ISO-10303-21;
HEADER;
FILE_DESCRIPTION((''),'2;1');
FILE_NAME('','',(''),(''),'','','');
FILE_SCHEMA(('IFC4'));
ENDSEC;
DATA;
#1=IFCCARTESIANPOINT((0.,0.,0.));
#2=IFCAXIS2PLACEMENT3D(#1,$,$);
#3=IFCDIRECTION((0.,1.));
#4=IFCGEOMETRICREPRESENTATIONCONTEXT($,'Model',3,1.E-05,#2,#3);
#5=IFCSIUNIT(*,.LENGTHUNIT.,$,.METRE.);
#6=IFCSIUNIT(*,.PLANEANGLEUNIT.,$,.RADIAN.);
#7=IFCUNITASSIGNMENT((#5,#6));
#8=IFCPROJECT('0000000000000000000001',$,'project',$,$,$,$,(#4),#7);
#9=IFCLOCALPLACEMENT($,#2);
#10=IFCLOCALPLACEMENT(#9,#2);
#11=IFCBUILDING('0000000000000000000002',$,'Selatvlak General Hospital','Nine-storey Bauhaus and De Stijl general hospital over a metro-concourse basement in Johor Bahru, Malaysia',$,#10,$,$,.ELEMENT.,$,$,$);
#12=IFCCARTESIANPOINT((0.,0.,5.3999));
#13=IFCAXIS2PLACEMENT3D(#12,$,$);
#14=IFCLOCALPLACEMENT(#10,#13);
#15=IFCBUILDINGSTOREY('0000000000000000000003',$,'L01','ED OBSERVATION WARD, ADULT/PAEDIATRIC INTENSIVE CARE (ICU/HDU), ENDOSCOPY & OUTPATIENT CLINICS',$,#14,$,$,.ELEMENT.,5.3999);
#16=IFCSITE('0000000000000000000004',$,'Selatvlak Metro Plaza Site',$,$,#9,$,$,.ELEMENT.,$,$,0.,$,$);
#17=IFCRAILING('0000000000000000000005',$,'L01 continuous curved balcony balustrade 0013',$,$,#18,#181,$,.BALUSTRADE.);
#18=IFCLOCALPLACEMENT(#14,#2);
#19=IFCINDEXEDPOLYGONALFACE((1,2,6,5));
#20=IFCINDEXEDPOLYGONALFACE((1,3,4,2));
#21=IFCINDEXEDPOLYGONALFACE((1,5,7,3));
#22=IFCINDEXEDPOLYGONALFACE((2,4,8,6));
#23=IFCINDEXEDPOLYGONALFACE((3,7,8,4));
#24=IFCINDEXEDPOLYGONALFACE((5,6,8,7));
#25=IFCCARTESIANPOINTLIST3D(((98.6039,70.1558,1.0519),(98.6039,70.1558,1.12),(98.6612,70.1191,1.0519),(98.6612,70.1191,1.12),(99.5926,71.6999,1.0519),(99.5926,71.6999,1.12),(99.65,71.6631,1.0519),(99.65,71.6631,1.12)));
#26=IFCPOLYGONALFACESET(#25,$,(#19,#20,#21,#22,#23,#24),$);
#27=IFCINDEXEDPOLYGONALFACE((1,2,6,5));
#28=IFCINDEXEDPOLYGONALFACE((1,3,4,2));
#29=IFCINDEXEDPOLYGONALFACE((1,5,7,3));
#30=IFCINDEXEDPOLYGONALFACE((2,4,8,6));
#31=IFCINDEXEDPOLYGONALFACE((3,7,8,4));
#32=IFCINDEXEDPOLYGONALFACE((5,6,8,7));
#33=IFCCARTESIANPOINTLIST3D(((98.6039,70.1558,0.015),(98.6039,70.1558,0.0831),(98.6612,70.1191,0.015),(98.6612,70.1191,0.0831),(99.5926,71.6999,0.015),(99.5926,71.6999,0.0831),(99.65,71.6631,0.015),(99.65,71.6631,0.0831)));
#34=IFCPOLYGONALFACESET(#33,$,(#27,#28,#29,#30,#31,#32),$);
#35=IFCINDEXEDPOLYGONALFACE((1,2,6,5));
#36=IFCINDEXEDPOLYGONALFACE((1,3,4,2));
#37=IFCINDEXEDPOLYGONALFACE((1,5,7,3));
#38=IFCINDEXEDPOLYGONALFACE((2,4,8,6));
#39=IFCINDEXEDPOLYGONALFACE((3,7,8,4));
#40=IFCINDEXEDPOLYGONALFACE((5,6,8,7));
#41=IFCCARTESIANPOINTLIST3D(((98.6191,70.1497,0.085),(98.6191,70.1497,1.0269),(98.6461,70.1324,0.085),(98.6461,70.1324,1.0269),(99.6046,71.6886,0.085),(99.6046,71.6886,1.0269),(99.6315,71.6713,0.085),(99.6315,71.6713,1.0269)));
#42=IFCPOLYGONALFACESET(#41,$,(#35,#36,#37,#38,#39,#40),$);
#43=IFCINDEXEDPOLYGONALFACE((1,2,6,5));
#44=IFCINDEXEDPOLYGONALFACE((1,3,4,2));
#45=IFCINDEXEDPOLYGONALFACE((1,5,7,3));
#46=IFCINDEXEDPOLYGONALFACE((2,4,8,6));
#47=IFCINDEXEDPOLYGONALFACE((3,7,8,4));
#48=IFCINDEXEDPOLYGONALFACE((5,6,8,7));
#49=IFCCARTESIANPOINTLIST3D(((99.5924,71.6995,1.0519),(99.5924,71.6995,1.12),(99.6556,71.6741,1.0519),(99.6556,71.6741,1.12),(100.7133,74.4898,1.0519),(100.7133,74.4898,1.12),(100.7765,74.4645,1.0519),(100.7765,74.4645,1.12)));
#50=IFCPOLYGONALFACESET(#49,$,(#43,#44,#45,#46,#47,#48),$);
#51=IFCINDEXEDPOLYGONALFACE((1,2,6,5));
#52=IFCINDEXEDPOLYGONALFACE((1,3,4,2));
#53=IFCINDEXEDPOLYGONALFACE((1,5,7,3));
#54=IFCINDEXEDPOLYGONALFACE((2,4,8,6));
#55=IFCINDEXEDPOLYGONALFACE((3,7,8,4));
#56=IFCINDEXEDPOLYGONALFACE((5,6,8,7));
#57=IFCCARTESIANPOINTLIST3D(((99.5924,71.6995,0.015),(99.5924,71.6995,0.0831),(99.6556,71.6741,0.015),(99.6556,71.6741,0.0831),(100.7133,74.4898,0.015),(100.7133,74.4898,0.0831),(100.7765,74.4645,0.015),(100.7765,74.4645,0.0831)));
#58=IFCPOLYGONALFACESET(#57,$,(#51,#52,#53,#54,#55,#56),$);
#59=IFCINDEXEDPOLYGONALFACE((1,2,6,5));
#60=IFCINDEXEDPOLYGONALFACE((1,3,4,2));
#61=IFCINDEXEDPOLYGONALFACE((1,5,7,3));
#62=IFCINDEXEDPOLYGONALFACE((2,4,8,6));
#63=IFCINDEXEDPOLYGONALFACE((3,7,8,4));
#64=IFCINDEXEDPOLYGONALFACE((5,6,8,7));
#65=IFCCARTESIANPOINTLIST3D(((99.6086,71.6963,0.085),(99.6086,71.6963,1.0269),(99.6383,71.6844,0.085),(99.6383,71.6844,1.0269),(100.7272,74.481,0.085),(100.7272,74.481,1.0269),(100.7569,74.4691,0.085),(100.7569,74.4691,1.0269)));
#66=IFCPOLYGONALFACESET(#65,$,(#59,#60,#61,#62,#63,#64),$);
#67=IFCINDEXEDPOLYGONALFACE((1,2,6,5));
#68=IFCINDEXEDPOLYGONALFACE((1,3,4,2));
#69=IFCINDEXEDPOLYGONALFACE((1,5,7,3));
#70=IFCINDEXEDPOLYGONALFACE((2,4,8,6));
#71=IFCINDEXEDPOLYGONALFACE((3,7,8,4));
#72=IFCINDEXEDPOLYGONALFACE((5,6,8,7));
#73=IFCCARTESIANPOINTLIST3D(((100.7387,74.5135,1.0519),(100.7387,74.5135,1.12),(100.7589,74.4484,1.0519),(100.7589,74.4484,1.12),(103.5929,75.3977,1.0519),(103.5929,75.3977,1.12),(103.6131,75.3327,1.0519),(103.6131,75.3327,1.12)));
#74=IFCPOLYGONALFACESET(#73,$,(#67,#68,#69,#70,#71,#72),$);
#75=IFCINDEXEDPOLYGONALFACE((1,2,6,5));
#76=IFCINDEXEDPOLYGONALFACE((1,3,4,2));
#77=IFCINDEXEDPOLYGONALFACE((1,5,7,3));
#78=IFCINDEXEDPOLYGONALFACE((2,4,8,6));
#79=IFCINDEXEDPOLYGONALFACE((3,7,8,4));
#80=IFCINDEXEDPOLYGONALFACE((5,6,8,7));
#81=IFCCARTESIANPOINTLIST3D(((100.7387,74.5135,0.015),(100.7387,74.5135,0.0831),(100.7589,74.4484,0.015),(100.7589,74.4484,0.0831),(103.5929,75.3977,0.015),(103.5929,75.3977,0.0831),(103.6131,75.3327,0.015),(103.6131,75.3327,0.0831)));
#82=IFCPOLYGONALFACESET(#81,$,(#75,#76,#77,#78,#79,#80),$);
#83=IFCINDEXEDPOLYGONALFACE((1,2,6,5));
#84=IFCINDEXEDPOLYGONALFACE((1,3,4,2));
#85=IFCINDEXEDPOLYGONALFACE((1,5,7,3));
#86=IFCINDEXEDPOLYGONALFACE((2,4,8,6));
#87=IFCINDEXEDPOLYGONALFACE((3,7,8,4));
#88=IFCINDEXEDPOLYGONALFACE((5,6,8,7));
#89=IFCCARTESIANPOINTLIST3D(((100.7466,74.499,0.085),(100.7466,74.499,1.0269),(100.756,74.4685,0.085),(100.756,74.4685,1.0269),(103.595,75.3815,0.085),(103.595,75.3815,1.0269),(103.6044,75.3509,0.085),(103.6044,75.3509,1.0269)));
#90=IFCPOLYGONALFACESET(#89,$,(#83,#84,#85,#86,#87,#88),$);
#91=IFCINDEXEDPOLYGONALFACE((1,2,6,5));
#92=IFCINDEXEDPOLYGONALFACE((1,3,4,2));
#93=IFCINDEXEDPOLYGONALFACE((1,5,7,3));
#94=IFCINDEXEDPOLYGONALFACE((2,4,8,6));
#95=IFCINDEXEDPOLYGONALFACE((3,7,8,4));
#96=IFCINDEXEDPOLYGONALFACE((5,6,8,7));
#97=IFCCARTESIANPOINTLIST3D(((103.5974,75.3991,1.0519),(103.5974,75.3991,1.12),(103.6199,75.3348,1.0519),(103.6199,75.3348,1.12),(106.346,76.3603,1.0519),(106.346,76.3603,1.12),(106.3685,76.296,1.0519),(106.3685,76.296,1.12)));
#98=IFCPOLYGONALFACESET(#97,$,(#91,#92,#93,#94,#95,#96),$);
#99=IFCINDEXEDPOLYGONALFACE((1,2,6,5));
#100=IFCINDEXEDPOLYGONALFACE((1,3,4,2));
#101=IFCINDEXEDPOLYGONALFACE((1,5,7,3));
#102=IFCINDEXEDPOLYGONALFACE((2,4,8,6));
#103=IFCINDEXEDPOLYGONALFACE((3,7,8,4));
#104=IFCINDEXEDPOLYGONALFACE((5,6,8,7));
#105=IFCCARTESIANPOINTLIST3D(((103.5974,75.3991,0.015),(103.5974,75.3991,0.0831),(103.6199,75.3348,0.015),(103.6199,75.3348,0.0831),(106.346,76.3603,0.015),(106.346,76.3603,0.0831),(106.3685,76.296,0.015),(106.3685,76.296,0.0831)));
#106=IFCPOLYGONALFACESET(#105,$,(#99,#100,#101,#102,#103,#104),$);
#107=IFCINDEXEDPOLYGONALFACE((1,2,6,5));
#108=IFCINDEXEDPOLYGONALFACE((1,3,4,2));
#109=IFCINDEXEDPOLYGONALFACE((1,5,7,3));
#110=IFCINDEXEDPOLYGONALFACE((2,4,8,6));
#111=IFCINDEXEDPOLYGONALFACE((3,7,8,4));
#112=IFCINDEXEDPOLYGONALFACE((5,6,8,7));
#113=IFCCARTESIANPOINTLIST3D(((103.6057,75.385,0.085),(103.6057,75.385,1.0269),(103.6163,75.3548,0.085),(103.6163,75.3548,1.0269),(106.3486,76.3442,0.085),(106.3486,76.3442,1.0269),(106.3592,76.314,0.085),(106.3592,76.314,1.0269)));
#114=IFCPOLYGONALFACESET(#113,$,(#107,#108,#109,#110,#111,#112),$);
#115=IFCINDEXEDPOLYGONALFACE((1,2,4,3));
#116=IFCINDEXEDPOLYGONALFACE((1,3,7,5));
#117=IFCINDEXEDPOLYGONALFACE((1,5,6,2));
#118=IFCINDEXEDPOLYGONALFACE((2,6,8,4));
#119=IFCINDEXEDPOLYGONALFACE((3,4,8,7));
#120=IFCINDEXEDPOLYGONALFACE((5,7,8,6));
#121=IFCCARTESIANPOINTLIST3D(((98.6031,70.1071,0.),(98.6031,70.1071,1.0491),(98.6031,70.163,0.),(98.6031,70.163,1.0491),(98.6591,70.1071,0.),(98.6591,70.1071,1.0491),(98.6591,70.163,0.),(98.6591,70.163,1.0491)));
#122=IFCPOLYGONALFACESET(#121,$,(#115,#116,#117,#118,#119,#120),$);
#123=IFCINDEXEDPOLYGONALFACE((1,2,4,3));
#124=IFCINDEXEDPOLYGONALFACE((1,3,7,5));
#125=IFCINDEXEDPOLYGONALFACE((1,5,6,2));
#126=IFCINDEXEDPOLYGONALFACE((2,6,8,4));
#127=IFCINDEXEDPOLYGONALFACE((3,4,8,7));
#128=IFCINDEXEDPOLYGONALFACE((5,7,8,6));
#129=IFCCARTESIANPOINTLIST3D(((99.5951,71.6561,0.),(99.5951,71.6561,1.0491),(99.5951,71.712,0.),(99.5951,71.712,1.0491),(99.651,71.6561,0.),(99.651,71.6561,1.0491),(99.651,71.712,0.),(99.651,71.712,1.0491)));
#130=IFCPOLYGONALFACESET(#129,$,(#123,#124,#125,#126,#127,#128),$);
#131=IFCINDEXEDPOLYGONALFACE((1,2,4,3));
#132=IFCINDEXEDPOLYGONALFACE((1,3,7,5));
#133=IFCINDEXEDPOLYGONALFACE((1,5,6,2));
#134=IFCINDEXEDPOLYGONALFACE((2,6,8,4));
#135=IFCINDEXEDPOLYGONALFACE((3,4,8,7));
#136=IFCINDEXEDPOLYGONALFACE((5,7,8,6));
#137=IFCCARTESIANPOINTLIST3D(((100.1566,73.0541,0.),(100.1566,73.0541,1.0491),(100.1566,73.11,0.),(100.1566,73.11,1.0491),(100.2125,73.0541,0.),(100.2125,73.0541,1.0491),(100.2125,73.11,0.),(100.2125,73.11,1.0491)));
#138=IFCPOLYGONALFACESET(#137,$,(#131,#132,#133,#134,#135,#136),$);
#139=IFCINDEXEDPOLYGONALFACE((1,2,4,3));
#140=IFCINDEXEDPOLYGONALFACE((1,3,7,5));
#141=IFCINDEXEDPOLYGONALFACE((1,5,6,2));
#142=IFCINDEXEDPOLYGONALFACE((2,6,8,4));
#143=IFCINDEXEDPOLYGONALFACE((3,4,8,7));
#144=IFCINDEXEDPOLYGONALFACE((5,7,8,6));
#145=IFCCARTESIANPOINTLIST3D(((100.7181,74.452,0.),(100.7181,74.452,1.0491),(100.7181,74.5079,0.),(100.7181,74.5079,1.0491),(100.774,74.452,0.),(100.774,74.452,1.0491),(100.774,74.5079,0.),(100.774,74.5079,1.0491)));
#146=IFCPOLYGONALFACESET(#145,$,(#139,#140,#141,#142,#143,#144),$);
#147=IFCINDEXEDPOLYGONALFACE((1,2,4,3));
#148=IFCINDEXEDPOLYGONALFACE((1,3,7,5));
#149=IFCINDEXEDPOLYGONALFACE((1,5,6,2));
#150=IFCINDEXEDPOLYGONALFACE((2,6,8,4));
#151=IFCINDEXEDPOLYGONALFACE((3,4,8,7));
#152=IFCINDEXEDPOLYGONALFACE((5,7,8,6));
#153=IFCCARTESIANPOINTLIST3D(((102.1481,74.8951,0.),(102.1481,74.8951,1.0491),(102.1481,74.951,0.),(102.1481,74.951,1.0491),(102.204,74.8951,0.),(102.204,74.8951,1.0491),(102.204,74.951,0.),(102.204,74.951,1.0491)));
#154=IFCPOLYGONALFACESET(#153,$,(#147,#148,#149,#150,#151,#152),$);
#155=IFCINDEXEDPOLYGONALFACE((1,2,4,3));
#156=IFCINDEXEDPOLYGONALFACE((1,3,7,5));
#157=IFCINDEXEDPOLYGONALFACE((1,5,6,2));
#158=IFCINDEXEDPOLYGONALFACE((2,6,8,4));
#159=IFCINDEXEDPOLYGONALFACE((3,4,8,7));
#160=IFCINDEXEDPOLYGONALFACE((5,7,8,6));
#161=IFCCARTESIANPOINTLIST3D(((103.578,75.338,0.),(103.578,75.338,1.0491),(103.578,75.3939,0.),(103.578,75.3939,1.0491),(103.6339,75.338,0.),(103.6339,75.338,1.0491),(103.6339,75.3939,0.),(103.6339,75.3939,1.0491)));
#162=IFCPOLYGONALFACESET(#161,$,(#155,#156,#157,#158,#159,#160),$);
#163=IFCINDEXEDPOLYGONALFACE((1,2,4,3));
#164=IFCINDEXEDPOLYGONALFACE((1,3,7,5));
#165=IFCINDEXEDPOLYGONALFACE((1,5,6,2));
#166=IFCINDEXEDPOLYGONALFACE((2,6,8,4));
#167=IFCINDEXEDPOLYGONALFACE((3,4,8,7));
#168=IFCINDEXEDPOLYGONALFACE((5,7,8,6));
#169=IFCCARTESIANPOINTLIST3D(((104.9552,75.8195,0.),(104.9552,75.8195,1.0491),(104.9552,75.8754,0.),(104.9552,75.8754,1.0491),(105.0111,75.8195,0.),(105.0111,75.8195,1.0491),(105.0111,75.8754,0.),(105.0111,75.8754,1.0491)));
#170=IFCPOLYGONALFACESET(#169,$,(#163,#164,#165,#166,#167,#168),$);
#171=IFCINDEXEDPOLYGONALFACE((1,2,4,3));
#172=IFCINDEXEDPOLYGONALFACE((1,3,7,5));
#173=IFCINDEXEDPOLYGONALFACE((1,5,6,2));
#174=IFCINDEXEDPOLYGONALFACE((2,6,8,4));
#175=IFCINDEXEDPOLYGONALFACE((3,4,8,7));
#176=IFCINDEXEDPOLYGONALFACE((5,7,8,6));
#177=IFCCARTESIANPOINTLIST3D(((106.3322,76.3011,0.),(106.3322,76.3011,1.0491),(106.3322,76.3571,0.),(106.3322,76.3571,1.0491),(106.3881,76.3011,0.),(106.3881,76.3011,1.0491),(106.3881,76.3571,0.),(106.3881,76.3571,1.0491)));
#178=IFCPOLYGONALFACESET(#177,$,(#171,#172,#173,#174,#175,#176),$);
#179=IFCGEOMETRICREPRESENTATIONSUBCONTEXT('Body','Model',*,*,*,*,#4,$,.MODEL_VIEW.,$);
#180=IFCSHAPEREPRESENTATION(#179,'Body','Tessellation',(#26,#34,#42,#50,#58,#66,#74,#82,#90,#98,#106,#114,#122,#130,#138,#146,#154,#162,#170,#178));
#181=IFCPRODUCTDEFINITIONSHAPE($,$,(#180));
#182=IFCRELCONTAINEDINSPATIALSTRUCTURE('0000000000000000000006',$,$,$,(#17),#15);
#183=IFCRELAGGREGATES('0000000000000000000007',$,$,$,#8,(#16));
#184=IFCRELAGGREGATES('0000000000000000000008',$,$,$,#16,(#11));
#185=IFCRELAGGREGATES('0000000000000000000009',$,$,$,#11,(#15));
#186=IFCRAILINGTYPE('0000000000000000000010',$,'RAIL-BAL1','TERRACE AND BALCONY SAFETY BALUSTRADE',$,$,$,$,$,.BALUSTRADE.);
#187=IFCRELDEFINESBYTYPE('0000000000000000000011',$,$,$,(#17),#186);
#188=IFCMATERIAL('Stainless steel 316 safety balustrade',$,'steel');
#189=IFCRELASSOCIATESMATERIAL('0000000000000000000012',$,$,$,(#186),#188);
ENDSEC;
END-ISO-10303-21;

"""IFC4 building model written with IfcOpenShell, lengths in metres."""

from ifc_helpers import new_model, si_unit, direction, frame, origin, origin_2d, place, context, subcontext, project, spatial, polyline, rectangle, outline, extrude, material, type_object, element, save


model = new_model("IFC4")

# Units and contexts
model_context = context("Model", 3, precision=1e-05, world=origin(), true_north=direction((0.0, 1.0)))
body_context = subcontext(model_context, "Body", "Model", "MODEL_VIEW")
ifc_project = project(units=[si_unit("LENGTHUNIT", "METRE"), si_unit("PLANEANGLEUNIT", "RADIAN")], contexts=[model_context])

# Site, building, storey
site_placement = place(None, origin())
site = spatial("IfcSite", under=ifc_project, at=site_placement, Name="Selatvlak Metro Plaza Site", CompositionType="ELEMENT", RefElevation=0.0)
building_placement = place(site_placement, origin())
building = spatial("IfcBuilding", under=site, at=building_placement, Name="Selatvlak General Hospital", Description="Nine-storey Bauhaus and De Stijl general hospital over a metro-concourse basement in Johor Bahru, Malaysia", CompositionType="ELEMENT")
storey_placement = place(building_placement, frame((0.0, 0.0, 5.3999)))
storey = spatial("IfcBuildingStorey", under=building, at=storey_placement, Name="L01", Description="ED OBSERVATION WARD, ADULT/PAEDIATRIC INTENSIVE CARE (ICU/HDU), ENDOSCOPY & OUTPATIENT CLINICS", CompositionType="ELEMENT", Elevation=5.3999)

# Railing
ifc_material_1 = material(Name="Stainless steel 316 safety balustrade", Category="steel")
railing_type = type_object("IfcRailingType", Name="RAIL-BAL1", Description="TERRACE AND BALCONY SAFETY BALUSTRADE", PredefinedType="BALUSTRADE", material=ifc_material_1)
railing_placement = place(storey_placement, frame((98.6311, 70.135, 0.0)))
element("IfcRailing", 1, at=railing_placement, inside=storey, type_object=railing_type, Name="L01 continuous curved balcony balustrade 0013", PredefinedType="BALUSTRADE", context=body_context, shape_type="SweptSolid", body=[
    extrude(rectangle(XDim=0.0681, YDim=0.0681, at=origin_2d()), frame((0.0015, 0.0024, 1.0859), z_axis=(0.539261, 0.842139, 0.0), x_axis=(-0.842139, 0.539261, 0.0)), (0.0, 0.0, 1.0), 1.8335),
    extrude(rectangle(XDim=0.0681, YDim=0.0681, at=origin_2d()), frame((0.0015, 0.0024, 0.0491), z_axis=(0.539261, 0.842139, 0.0), x_axis=(-0.842139, 0.539261, 0.0)), (0.0, 0.0, 1.0), 1.8335),
    extrude(outline(polyline([(0.0, 0.0), (1.8274, 0.0), (1.8274, 0.9419), (0.0, 0.9419), (0.0, 0.0)])), frame((-0.012, 0.0146, 0.085), z_axis=(0.842139, -0.539261, 0.0), x_axis=(0.539261, 0.842139, 0.0)), (0.0, 0.0, 1.0), 0.032),
    extrude(rectangle(XDim=0.0681, YDim=0.0681, at=origin_2d()), frame((0.9929, 1.5518, 1.0859), z_axis=(0.372731, 0.927939, 0.0), x_axis=(-0.927939, 0.372731, 0.0)), (0.0, 0.0, 1.0), 3.0071),
    extrude(rectangle(XDim=0.0681, YDim=0.0681, at=origin_2d()), frame((0.9929, 1.5518, 0.0491), z_axis=(0.372731, 0.927939, 0.0), x_axis=(-0.927939, 0.372731, 0.0)), (0.0, 0.0, 1.0), 3.0071),
    extrude(outline(polyline([(0.0, 0.0), (3.001, 0.0), (3.001, 0.9419), (0.0, 0.9419), (0.0, 0.0)])), frame((0.9775, 1.5613, 0.085), z_axis=(0.927939, -0.372731, 0.0), x_axis=(0.372731, 0.927939, 0.0)), (0.0, 0.0, 1.0), 0.032),
    extrude(rectangle(XDim=0.0681, YDim=0.0681, at=origin_2d()), frame((2.1177, 4.3459, 1.0859), z_axis=(0.955211, 0.295925, 0.0), x_axis=(-0.295925, 0.955211, 0.0)), (0.0, 0.0, 1.0), 2.988),
    extrude(rectangle(XDim=0.0681, YDim=0.0681, at=origin_2d()), frame((2.1177, 4.3459, 0.0491), z_axis=(0.955211, 0.295925, 0.0), x_axis=(-0.295925, 0.955211, 0.0)), (0.0, 0.0, 1.0), 2.988),
    extrude(outline(polyline([(0.0, 0.0), (2.9819, 0.0), (2.9819, 0.9419), (0.0, 0.9419), (0.0, 0.0)])), frame((2.1155, 4.364, 0.085), z_axis=(0.295925, -0.955211, 0.0), x_axis=(0.955211, 0.295925, 0.0)), (0.0, 0.0, 1.0), 0.032),
    extrude(rectangle(XDim=0.0681, YDim=0.0681, at=origin_2d()), frame((4.9775, 5.2319, 1.0859), z_axis=(0.943946, 0.330101, 0.0), x_axis=(-0.330101, 0.943946, 0.0)), (0.0, 0.0, 1.0), 2.9119),
    extrude(rectangle(XDim=0.0681, YDim=0.0681, at=origin_2d()), frame((4.9775, 5.2319, 0.0491), z_axis=(0.943946, 0.330101, 0.0), x_axis=(-0.330101, 0.943946, 0.0)), (0.0, 0.0, 1.0), 2.9119),
    extrude(outline(polyline([(0.0, 0.0), (2.9058, 0.0), (2.9058, 0.9419), (0.0, 0.9419), (0.0, 0.0)])), frame((4.9746, 5.25, 0.085), z_axis=(0.330101, -0.943946, 0.0), x_axis=(0.943946, 0.330101, 0.0)), (0.0, 0.0, 1.0), 0.032),
    extrude(rectangle(XDim=0.0559, YDim=0.0559, at=origin_2d()), origin(), (0.0, 0.0, 1.0), 1.0491),
    extrude(rectangle(XDim=0.0559, YDim=0.0559, at=origin_2d()), frame((0.9919, 1.5491, 0.0)), (0.0, 0.0, 1.0), 1.0491),
    extrude(rectangle(XDim=0.0559, YDim=0.0559, at=origin_2d()), frame((1.5535, 2.947, 0.0)), (0.0, 0.0, 1.0), 1.0491),
    extrude(rectangle(XDim=0.0559, YDim=0.0559, at=origin_2d()), frame((2.115, 4.345, 0.0)), (0.0, 0.0, 1.0), 1.0491),
    extrude(rectangle(XDim=0.0559, YDim=0.0559, at=origin_2d()), frame((3.5449, 4.7881, 0.0)), (0.0, 0.0, 1.0), 1.0491),
    extrude(rectangle(XDim=0.0559, YDim=0.0559, at=origin_2d()), frame((4.9749, 5.231, 0.0)), (0.0, 0.0, 1.0), 1.0491),
    extrude(rectangle(XDim=0.0559, YDim=0.0559, at=origin_2d()), frame((6.3521, 5.7124, 0.0)), (0.0, 0.0, 1.0), 1.0491),
    extrude(rectangle(XDim=0.0559, YDim=0.0559, at=origin_2d()), frame((7.729, 6.1941, 0.0)), (0.0, 0.0, 1.0), 1.0491),
])

save(model, "model.ifc")
